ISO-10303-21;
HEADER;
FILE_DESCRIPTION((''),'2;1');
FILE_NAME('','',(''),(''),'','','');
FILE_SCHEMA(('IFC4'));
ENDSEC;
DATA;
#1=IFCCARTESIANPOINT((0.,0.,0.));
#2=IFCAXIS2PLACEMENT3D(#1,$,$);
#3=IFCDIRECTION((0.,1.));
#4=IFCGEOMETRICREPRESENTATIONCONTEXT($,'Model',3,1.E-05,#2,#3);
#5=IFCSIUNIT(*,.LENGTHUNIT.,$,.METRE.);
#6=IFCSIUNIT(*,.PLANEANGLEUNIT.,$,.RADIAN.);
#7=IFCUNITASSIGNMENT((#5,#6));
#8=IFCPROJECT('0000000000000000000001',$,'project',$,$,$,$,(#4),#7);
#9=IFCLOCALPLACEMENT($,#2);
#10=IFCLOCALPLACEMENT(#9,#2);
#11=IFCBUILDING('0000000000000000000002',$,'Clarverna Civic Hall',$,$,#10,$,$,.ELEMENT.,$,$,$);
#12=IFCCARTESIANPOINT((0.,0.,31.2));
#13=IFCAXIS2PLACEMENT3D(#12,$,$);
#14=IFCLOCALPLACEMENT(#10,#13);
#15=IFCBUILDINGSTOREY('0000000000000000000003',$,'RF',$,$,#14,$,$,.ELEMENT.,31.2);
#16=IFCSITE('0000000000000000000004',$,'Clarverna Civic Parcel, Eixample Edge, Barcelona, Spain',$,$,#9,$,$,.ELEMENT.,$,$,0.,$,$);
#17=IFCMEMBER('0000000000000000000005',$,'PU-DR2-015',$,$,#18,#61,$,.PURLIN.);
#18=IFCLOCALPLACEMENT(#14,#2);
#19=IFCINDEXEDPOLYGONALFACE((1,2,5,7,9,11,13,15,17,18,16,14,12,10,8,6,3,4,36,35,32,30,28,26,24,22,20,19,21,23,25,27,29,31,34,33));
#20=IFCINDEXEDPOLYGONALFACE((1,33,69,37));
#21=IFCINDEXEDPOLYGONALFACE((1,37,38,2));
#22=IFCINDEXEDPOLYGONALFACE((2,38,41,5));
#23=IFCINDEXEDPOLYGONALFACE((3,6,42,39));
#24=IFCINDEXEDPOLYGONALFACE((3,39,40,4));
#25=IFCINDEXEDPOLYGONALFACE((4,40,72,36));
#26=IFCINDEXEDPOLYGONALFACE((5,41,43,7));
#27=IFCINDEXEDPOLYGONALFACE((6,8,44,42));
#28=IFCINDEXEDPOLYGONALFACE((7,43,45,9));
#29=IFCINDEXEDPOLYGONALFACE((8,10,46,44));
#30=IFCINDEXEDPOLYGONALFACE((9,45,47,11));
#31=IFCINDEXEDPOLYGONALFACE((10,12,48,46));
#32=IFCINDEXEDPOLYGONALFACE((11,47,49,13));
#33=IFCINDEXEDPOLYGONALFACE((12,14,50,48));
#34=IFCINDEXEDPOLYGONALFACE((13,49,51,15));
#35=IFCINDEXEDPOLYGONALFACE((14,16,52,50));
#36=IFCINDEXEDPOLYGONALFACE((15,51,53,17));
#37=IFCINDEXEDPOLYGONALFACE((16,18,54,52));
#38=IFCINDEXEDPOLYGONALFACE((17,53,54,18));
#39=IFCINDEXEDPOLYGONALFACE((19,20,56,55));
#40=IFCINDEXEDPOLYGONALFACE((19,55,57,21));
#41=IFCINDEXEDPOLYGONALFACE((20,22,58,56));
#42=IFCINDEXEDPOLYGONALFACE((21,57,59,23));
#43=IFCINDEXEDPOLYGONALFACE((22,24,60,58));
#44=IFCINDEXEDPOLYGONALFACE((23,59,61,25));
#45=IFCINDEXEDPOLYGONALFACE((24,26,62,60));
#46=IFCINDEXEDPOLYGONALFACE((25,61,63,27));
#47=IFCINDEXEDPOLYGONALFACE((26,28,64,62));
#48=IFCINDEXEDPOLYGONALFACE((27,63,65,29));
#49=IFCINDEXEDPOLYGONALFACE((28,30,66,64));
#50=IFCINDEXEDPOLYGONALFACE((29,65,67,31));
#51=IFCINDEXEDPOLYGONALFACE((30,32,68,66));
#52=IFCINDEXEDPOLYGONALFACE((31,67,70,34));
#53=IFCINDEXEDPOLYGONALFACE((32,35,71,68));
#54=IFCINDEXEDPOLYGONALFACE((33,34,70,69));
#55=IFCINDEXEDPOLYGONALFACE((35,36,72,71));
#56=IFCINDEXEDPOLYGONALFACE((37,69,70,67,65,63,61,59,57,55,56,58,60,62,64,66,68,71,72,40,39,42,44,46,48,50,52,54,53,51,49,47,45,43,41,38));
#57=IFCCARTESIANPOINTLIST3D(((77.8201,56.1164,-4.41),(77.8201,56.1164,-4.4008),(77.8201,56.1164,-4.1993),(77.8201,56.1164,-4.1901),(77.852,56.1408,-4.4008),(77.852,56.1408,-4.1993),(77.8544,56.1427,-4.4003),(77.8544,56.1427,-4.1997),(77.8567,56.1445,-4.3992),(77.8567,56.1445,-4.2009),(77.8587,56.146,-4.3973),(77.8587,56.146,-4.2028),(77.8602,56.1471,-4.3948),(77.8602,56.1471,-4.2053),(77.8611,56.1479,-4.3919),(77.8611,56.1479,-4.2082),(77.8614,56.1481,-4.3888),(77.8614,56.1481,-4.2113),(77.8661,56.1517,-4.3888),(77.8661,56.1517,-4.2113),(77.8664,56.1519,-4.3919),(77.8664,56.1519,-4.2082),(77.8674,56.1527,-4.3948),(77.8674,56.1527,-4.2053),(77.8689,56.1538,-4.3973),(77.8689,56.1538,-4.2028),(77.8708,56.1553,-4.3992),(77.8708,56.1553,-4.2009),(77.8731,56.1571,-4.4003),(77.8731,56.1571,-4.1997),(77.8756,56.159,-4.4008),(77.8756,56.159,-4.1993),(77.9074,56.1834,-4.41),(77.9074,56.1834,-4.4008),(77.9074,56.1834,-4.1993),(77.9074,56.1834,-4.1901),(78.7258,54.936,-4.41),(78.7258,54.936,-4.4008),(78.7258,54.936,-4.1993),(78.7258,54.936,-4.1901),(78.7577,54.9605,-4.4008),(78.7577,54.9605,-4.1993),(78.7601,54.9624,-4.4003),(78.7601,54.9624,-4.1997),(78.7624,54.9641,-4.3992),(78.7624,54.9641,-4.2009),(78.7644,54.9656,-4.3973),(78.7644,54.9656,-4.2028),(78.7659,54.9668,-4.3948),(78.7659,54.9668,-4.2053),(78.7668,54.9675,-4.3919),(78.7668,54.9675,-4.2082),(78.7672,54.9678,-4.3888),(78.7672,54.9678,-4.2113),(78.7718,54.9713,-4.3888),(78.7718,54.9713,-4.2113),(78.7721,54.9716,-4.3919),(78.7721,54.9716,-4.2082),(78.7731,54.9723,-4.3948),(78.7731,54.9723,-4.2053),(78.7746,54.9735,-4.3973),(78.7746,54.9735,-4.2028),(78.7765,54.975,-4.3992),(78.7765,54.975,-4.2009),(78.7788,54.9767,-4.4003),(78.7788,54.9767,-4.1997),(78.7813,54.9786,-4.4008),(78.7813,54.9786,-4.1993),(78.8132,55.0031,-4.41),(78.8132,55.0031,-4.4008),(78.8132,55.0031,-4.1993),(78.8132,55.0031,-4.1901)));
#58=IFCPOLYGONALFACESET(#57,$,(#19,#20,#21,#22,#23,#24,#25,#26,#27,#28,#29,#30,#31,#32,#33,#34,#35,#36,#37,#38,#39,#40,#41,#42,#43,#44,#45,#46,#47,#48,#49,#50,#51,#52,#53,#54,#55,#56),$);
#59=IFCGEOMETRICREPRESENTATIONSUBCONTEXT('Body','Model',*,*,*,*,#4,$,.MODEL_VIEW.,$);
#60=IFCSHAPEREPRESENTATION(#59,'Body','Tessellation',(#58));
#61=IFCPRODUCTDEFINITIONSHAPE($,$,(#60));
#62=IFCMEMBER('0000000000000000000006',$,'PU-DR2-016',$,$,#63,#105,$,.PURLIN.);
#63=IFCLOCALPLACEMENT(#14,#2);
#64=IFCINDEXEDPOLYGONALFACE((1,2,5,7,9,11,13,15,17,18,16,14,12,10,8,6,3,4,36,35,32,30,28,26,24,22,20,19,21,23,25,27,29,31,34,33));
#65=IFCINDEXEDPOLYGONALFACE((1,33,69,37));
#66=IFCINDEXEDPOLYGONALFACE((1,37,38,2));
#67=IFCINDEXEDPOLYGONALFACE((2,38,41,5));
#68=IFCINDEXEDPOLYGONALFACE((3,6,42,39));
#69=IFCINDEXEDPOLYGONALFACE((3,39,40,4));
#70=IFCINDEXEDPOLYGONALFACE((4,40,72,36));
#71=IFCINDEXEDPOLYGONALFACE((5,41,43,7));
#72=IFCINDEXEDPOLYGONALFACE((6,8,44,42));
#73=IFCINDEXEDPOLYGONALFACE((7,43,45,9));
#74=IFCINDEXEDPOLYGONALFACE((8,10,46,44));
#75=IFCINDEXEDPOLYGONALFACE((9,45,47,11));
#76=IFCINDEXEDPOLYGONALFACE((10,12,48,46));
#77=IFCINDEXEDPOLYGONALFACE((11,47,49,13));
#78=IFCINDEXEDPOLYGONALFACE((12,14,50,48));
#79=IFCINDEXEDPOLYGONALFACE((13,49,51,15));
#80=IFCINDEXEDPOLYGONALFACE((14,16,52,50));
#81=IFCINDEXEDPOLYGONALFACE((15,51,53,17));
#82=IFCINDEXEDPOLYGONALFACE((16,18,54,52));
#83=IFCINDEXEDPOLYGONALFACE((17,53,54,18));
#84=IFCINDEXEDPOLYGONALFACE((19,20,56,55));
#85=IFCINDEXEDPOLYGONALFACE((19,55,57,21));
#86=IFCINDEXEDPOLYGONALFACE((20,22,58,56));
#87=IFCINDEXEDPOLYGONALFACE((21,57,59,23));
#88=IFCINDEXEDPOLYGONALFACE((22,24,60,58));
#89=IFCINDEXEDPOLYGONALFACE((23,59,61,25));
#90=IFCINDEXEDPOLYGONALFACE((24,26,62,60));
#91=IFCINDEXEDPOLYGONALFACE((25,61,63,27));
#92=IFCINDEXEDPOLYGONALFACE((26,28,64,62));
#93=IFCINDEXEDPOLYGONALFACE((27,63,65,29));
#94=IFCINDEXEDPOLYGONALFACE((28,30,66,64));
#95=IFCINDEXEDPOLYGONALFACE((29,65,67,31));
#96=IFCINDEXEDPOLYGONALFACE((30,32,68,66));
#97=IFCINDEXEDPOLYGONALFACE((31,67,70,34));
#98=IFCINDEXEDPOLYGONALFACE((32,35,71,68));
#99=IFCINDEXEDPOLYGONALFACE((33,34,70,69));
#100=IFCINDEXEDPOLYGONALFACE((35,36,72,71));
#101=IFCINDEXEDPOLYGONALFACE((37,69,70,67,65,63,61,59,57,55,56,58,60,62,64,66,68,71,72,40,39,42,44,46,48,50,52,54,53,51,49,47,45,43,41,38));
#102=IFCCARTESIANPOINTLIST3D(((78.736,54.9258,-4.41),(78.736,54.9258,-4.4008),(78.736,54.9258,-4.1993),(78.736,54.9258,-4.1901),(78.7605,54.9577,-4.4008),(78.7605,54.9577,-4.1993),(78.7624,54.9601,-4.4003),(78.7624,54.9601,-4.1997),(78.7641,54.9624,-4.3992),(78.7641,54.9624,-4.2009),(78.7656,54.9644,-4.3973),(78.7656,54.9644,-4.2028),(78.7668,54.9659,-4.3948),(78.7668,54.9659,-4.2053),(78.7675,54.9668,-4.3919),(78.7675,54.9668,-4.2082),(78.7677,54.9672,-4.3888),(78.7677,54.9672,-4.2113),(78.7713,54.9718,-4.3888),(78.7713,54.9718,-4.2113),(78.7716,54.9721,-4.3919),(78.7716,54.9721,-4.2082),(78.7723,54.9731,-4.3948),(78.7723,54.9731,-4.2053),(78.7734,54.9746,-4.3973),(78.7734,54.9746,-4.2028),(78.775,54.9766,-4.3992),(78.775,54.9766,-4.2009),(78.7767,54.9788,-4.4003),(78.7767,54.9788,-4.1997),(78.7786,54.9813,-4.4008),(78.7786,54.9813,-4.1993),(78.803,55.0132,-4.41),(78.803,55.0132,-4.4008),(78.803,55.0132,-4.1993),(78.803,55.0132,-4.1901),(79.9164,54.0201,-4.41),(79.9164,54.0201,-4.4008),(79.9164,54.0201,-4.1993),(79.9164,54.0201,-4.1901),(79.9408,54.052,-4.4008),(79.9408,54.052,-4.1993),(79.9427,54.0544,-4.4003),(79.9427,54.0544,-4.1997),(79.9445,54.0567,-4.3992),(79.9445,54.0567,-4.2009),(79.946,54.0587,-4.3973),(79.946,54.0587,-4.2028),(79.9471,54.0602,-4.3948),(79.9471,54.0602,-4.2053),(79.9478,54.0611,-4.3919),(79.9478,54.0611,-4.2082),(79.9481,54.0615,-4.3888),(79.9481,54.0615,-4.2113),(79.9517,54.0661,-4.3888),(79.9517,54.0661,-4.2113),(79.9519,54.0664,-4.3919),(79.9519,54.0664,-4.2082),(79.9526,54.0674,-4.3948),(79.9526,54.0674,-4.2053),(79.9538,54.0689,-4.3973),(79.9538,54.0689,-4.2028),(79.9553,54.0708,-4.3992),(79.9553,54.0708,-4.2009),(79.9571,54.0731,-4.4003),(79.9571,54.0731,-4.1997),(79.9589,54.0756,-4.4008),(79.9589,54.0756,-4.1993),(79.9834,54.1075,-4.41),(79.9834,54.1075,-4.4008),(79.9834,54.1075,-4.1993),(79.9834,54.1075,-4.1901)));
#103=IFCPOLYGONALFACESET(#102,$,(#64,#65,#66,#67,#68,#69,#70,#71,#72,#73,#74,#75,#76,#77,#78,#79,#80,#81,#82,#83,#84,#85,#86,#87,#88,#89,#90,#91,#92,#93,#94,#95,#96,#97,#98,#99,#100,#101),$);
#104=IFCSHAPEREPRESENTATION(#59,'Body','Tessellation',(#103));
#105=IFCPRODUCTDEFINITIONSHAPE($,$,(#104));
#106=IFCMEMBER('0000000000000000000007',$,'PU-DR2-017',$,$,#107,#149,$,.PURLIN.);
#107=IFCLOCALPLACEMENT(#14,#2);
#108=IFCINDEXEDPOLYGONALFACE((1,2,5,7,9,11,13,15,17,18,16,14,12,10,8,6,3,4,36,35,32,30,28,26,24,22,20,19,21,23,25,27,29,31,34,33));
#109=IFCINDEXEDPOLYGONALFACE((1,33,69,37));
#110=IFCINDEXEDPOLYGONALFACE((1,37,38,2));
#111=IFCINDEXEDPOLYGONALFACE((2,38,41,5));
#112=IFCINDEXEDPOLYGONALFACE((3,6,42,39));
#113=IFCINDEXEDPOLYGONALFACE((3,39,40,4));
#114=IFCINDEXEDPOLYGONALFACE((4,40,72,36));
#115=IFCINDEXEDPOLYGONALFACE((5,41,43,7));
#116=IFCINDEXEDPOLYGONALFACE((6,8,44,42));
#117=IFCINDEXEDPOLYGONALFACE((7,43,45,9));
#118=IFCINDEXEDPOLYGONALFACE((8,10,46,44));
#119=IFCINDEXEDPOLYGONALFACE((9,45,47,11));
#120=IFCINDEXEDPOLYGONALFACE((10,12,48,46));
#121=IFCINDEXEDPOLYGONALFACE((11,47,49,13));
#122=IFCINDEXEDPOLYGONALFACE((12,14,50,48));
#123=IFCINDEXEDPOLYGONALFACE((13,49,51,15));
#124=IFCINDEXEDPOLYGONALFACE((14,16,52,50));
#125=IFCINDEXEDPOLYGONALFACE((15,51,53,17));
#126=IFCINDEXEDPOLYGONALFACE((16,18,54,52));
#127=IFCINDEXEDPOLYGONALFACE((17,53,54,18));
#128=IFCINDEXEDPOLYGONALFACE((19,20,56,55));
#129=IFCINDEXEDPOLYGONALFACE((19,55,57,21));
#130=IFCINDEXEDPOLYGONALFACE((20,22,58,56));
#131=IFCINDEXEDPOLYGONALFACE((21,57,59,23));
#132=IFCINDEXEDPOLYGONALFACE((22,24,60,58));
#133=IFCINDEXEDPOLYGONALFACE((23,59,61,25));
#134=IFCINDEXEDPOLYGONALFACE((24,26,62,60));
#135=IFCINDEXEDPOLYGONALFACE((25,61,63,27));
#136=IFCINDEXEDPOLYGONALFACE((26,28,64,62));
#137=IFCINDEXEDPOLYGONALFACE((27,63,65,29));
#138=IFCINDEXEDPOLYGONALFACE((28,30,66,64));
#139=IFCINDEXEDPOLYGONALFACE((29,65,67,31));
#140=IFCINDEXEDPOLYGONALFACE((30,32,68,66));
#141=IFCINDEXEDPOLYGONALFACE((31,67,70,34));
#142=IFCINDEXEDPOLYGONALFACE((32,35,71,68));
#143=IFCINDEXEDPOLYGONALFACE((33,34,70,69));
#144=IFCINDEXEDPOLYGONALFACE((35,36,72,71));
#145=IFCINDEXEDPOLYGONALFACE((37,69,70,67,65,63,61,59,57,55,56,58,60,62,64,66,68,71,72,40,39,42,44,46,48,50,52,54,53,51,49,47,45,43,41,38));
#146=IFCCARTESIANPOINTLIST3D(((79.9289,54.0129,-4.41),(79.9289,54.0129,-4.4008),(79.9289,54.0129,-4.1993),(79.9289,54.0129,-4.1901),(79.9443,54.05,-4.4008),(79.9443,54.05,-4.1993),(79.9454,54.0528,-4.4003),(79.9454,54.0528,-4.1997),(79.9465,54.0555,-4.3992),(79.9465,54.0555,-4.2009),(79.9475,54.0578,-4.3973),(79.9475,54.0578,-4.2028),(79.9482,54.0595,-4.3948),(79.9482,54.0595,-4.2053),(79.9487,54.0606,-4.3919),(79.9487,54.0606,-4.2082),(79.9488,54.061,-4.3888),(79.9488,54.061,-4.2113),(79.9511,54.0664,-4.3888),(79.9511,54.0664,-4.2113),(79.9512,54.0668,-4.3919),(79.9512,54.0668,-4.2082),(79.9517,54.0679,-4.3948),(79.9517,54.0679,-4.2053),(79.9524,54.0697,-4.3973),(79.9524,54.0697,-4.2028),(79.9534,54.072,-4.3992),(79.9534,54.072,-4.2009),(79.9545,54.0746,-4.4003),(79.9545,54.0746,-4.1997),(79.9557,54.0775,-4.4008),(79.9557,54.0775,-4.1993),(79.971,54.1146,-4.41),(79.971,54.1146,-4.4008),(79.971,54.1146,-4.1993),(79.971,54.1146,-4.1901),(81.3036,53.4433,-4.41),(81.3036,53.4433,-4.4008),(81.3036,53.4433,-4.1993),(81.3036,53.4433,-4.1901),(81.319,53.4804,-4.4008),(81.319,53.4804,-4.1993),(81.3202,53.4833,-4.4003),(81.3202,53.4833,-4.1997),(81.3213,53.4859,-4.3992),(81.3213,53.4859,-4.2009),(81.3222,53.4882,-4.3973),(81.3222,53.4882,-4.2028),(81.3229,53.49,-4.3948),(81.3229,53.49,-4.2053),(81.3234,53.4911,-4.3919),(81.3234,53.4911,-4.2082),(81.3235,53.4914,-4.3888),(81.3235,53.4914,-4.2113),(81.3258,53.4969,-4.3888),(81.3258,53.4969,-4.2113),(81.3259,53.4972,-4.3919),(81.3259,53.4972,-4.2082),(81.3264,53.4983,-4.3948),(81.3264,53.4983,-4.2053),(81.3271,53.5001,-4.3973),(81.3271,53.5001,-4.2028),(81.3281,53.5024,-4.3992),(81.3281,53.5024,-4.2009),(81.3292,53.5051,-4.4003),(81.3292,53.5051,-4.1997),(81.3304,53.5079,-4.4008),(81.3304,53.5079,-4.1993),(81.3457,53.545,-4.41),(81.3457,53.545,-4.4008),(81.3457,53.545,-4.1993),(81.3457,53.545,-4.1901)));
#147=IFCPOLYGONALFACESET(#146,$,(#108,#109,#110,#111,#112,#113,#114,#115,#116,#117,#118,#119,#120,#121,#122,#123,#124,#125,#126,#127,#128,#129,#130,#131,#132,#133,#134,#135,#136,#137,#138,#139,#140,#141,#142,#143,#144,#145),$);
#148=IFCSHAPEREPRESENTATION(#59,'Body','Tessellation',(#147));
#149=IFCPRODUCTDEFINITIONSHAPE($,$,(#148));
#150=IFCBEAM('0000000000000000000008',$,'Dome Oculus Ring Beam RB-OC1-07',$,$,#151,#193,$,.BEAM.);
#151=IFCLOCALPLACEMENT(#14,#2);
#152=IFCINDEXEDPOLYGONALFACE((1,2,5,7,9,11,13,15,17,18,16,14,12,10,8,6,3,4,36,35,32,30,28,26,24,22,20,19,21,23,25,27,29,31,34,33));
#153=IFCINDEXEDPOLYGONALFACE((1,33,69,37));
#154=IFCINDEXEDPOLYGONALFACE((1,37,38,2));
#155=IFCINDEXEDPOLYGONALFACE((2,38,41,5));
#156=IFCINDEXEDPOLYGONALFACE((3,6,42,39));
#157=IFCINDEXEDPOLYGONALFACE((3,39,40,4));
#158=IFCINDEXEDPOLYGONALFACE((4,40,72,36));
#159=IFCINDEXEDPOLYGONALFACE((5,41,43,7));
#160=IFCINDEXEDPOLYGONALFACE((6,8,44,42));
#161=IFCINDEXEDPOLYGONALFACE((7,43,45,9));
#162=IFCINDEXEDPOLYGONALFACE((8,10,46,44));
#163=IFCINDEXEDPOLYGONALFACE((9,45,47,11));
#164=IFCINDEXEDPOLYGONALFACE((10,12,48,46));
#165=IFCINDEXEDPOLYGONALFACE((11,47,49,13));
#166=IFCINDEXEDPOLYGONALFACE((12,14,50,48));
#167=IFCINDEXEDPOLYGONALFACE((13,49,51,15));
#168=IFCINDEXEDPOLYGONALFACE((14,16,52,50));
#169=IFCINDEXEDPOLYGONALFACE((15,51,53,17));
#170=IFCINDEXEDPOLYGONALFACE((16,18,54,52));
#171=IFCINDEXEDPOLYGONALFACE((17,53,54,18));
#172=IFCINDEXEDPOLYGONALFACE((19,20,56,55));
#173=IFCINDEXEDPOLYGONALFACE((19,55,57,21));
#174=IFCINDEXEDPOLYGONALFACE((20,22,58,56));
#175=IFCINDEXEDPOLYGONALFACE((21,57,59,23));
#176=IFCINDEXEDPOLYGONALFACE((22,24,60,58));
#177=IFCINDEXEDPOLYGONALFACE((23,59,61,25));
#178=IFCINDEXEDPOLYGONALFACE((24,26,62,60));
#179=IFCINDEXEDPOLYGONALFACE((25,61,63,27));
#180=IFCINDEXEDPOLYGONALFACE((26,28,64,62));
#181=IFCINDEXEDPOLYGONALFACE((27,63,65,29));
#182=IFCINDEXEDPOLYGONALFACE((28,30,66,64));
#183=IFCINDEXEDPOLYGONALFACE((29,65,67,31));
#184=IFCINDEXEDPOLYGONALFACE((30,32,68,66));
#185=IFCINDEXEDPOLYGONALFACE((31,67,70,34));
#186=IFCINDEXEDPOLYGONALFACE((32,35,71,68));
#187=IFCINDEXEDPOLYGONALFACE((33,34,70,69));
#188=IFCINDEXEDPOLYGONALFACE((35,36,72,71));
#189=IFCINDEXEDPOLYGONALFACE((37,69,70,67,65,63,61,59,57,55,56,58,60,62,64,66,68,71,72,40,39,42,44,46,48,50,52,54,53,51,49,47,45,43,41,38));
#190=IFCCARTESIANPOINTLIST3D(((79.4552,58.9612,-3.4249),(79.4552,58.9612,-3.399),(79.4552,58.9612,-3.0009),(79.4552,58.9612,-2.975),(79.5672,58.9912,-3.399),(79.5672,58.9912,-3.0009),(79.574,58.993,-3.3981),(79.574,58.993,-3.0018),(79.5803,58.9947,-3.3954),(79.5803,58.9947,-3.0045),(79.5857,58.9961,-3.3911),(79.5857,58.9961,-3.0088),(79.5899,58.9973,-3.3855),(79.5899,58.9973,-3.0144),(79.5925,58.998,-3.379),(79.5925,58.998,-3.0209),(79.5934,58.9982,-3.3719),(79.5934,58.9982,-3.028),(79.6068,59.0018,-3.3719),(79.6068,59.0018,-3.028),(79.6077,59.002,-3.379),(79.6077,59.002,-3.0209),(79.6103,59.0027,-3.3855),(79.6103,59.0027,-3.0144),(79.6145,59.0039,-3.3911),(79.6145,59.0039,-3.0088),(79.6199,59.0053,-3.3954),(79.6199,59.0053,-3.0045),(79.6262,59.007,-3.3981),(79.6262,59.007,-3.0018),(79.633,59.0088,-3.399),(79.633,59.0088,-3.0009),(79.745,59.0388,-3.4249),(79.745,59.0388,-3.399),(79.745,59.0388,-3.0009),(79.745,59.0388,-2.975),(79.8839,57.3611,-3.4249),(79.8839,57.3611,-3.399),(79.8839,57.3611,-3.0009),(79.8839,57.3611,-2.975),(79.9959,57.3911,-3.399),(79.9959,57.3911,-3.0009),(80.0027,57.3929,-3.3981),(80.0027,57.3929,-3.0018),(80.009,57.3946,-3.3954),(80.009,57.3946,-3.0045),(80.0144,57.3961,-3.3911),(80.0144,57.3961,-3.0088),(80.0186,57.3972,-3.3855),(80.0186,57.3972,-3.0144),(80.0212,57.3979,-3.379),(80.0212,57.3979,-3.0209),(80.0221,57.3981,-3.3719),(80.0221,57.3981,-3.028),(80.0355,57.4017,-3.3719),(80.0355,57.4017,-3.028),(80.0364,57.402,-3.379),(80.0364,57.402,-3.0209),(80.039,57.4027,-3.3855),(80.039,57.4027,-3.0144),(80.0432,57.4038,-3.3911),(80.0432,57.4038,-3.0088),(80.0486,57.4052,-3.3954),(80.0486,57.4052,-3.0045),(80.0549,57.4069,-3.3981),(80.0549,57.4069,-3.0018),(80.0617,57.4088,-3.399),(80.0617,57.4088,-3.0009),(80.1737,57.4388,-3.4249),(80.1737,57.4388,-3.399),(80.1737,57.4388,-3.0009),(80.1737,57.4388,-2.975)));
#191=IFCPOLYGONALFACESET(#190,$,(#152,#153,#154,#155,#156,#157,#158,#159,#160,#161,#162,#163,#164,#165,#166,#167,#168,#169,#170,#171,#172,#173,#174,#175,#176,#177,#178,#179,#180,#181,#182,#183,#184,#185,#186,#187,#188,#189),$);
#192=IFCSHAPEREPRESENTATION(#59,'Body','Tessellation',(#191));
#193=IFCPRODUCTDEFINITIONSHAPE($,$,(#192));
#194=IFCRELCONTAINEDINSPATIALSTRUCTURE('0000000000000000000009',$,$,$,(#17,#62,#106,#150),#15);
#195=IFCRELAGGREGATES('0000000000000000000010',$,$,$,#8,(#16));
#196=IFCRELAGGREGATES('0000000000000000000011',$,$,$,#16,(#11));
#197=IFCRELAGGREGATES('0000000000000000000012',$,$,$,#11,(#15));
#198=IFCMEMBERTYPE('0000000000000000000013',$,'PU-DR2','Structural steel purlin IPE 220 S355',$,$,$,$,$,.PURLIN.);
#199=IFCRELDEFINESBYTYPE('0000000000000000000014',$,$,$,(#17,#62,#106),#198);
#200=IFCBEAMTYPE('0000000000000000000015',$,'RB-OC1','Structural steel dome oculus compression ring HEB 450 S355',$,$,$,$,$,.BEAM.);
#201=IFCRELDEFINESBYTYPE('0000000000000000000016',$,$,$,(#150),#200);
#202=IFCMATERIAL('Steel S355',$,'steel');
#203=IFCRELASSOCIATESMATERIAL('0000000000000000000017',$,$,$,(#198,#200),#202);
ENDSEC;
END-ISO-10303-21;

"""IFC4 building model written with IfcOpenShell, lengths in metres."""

from ifc_helpers import new_model, si_unit, direction, frame, origin, origin_2d, place, context, subcontext, project, spatial, i_section, extrude, material, material_profile, profile_set, type_object, element, save


model = new_model("IFC4")

# Units and contexts
model_context = context("Model", 3, precision=1e-05, world=origin(), true_north=direction((0.0, 1.0)))
body_context = subcontext(model_context, "Body", "Model", "MODEL_VIEW")
ifc_project = project(units=[si_unit("LENGTHUNIT", "METRE"), si_unit("PLANEANGLEUNIT", "RADIAN")], contexts=[model_context])

# Site, building, storey
site_placement = place(None, origin())
site = spatial("IfcSite", under=ifc_project, at=site_placement, Name="Clarverna Civic Parcel, Eixample Edge, Barcelona, Spain", CompositionType="ELEMENT", RefElevation=0.0)
building_placement = place(site_placement, origin())
building = spatial("IfcBuilding", under=site, at=building_placement, Name="Clarverna Civic Hall", CompositionType="ELEMENT")
storey_placement = place(building_placement, frame((0.0, 0.0, 31.2)))
storey = spatial("IfcBuildingStorey", under=building, at=storey_placement, Name="RF", CompositionType="ELEMENT", Elevation=31.2)

# Members
ifc_material_1 = material(Name="Steel S355", Category="steel")
ifc_material_profile_1 = material_profile(ifc_material_1, i_section(OverallWidth=0.1101, OverallDepth=0.22, WebThickness=0.0059, FlangeThickness=0.0093, FilletRadius=0.012, at=origin_2d()), Name="IPE 220")
ifc_profile_set_1 = profile_set([ifc_material_profile_1], Name="Steel S355")
member_type_1 = type_object("IfcMemberType", Name="PU-DR2", Description="Structural steel purlin IPE 220 S355", PredefinedType="PURLIN", material=ifc_profile_set_1)
for number, where, z_axis, x_axis, name in (
    (1, (77.8638, 56.1499, -4.3), (0.608759, -0.793355, 0.0), (0.793355, 0.608759, 0.0), "PU-DR2-015"),
    (2, (78.7695, 54.9695, -4.3), (0.793355, -0.608759, 0.0), (0.608759, 0.793355, 0.0), "PU-DR2-016"),
):
    element("IfcMember", number, at=place(storey_placement, frame(where, z_axis=z_axis, x_axis=x_axis)), inside=storey, type_object=member_type_1, Name=name, PredefinedType="PURLIN", context=body_context, shape_type="SweptSolid", body=[
        extrude(i_section(OverallWidth=0.1101, OverallDepth=0.22, WebThickness=0.0059, FlangeThickness=0.0093, FilletRadius=0.012, at=origin_2d()), origin(), (0.0, 0.0, 1.0), 1.4878),
    ])
member_1_placement = place(storey_placement, frame((79.95, 54.0637, -4.3), z_axis=(0.923847, -0.382762, 0.0), x_axis=(0.382762, 0.923847, 0.0)))
element("IfcMember", 3, at=member_1_placement, inside=storey, type_object=member_type_1, Name="PU-DR2-017", PredefinedType="PURLIN", context=body_context, shape_type="SweptSolid", body=[
    extrude(i_section(OverallWidth=0.1101, OverallDepth=0.22, WebThickness=0.0059, FlangeThickness=0.0093, FilletRadius=0.012, at=origin_2d()), origin(), (0.0, 0.0, 1.0), 1.488),
])

# Beam
ifc_material_profile_2 = material_profile(ifc_material_1, i_section(OverallWidth=0.3, OverallDepth=0.45, WebThickness=0.0139, FlangeThickness=0.0259, FilletRadius=0.0271, at=origin_2d()), Name="HEB 450")
ifc_profile_set_2 = profile_set([ifc_material_profile_2], Name="Steel S355")
beam_type = type_object("IfcBeamType", Name="RB-OC1", Description="Structural steel dome oculus compression ring HEB 450 S355", PredefinedType="BEAM", material=ifc_profile_set_2)
beam_1_placement = place(storey_placement, frame((79.6001, 59.0, -3.2), z_axis=(0.2588, -0.965931, 0.0), x_axis=(0.965931, 0.2588, 0.0)))
element("IfcBeam", 4, at=beam_1_placement, inside=storey, type_object=beam_type, Name="Dome Oculus Ring Beam RB-OC1-07", PredefinedType="BEAM", context=body_context, shape_type="SweptSolid", body=[
    extrude(i_section(OverallWidth=0.3, OverallDepth=0.45, WebThickness=0.0139, FlangeThickness=0.0259, FilletRadius=0.0271, at=origin_2d()), origin(), (0.0, 0.0, 1.0), 1.6565),
])

save(model, "model.ifc")
